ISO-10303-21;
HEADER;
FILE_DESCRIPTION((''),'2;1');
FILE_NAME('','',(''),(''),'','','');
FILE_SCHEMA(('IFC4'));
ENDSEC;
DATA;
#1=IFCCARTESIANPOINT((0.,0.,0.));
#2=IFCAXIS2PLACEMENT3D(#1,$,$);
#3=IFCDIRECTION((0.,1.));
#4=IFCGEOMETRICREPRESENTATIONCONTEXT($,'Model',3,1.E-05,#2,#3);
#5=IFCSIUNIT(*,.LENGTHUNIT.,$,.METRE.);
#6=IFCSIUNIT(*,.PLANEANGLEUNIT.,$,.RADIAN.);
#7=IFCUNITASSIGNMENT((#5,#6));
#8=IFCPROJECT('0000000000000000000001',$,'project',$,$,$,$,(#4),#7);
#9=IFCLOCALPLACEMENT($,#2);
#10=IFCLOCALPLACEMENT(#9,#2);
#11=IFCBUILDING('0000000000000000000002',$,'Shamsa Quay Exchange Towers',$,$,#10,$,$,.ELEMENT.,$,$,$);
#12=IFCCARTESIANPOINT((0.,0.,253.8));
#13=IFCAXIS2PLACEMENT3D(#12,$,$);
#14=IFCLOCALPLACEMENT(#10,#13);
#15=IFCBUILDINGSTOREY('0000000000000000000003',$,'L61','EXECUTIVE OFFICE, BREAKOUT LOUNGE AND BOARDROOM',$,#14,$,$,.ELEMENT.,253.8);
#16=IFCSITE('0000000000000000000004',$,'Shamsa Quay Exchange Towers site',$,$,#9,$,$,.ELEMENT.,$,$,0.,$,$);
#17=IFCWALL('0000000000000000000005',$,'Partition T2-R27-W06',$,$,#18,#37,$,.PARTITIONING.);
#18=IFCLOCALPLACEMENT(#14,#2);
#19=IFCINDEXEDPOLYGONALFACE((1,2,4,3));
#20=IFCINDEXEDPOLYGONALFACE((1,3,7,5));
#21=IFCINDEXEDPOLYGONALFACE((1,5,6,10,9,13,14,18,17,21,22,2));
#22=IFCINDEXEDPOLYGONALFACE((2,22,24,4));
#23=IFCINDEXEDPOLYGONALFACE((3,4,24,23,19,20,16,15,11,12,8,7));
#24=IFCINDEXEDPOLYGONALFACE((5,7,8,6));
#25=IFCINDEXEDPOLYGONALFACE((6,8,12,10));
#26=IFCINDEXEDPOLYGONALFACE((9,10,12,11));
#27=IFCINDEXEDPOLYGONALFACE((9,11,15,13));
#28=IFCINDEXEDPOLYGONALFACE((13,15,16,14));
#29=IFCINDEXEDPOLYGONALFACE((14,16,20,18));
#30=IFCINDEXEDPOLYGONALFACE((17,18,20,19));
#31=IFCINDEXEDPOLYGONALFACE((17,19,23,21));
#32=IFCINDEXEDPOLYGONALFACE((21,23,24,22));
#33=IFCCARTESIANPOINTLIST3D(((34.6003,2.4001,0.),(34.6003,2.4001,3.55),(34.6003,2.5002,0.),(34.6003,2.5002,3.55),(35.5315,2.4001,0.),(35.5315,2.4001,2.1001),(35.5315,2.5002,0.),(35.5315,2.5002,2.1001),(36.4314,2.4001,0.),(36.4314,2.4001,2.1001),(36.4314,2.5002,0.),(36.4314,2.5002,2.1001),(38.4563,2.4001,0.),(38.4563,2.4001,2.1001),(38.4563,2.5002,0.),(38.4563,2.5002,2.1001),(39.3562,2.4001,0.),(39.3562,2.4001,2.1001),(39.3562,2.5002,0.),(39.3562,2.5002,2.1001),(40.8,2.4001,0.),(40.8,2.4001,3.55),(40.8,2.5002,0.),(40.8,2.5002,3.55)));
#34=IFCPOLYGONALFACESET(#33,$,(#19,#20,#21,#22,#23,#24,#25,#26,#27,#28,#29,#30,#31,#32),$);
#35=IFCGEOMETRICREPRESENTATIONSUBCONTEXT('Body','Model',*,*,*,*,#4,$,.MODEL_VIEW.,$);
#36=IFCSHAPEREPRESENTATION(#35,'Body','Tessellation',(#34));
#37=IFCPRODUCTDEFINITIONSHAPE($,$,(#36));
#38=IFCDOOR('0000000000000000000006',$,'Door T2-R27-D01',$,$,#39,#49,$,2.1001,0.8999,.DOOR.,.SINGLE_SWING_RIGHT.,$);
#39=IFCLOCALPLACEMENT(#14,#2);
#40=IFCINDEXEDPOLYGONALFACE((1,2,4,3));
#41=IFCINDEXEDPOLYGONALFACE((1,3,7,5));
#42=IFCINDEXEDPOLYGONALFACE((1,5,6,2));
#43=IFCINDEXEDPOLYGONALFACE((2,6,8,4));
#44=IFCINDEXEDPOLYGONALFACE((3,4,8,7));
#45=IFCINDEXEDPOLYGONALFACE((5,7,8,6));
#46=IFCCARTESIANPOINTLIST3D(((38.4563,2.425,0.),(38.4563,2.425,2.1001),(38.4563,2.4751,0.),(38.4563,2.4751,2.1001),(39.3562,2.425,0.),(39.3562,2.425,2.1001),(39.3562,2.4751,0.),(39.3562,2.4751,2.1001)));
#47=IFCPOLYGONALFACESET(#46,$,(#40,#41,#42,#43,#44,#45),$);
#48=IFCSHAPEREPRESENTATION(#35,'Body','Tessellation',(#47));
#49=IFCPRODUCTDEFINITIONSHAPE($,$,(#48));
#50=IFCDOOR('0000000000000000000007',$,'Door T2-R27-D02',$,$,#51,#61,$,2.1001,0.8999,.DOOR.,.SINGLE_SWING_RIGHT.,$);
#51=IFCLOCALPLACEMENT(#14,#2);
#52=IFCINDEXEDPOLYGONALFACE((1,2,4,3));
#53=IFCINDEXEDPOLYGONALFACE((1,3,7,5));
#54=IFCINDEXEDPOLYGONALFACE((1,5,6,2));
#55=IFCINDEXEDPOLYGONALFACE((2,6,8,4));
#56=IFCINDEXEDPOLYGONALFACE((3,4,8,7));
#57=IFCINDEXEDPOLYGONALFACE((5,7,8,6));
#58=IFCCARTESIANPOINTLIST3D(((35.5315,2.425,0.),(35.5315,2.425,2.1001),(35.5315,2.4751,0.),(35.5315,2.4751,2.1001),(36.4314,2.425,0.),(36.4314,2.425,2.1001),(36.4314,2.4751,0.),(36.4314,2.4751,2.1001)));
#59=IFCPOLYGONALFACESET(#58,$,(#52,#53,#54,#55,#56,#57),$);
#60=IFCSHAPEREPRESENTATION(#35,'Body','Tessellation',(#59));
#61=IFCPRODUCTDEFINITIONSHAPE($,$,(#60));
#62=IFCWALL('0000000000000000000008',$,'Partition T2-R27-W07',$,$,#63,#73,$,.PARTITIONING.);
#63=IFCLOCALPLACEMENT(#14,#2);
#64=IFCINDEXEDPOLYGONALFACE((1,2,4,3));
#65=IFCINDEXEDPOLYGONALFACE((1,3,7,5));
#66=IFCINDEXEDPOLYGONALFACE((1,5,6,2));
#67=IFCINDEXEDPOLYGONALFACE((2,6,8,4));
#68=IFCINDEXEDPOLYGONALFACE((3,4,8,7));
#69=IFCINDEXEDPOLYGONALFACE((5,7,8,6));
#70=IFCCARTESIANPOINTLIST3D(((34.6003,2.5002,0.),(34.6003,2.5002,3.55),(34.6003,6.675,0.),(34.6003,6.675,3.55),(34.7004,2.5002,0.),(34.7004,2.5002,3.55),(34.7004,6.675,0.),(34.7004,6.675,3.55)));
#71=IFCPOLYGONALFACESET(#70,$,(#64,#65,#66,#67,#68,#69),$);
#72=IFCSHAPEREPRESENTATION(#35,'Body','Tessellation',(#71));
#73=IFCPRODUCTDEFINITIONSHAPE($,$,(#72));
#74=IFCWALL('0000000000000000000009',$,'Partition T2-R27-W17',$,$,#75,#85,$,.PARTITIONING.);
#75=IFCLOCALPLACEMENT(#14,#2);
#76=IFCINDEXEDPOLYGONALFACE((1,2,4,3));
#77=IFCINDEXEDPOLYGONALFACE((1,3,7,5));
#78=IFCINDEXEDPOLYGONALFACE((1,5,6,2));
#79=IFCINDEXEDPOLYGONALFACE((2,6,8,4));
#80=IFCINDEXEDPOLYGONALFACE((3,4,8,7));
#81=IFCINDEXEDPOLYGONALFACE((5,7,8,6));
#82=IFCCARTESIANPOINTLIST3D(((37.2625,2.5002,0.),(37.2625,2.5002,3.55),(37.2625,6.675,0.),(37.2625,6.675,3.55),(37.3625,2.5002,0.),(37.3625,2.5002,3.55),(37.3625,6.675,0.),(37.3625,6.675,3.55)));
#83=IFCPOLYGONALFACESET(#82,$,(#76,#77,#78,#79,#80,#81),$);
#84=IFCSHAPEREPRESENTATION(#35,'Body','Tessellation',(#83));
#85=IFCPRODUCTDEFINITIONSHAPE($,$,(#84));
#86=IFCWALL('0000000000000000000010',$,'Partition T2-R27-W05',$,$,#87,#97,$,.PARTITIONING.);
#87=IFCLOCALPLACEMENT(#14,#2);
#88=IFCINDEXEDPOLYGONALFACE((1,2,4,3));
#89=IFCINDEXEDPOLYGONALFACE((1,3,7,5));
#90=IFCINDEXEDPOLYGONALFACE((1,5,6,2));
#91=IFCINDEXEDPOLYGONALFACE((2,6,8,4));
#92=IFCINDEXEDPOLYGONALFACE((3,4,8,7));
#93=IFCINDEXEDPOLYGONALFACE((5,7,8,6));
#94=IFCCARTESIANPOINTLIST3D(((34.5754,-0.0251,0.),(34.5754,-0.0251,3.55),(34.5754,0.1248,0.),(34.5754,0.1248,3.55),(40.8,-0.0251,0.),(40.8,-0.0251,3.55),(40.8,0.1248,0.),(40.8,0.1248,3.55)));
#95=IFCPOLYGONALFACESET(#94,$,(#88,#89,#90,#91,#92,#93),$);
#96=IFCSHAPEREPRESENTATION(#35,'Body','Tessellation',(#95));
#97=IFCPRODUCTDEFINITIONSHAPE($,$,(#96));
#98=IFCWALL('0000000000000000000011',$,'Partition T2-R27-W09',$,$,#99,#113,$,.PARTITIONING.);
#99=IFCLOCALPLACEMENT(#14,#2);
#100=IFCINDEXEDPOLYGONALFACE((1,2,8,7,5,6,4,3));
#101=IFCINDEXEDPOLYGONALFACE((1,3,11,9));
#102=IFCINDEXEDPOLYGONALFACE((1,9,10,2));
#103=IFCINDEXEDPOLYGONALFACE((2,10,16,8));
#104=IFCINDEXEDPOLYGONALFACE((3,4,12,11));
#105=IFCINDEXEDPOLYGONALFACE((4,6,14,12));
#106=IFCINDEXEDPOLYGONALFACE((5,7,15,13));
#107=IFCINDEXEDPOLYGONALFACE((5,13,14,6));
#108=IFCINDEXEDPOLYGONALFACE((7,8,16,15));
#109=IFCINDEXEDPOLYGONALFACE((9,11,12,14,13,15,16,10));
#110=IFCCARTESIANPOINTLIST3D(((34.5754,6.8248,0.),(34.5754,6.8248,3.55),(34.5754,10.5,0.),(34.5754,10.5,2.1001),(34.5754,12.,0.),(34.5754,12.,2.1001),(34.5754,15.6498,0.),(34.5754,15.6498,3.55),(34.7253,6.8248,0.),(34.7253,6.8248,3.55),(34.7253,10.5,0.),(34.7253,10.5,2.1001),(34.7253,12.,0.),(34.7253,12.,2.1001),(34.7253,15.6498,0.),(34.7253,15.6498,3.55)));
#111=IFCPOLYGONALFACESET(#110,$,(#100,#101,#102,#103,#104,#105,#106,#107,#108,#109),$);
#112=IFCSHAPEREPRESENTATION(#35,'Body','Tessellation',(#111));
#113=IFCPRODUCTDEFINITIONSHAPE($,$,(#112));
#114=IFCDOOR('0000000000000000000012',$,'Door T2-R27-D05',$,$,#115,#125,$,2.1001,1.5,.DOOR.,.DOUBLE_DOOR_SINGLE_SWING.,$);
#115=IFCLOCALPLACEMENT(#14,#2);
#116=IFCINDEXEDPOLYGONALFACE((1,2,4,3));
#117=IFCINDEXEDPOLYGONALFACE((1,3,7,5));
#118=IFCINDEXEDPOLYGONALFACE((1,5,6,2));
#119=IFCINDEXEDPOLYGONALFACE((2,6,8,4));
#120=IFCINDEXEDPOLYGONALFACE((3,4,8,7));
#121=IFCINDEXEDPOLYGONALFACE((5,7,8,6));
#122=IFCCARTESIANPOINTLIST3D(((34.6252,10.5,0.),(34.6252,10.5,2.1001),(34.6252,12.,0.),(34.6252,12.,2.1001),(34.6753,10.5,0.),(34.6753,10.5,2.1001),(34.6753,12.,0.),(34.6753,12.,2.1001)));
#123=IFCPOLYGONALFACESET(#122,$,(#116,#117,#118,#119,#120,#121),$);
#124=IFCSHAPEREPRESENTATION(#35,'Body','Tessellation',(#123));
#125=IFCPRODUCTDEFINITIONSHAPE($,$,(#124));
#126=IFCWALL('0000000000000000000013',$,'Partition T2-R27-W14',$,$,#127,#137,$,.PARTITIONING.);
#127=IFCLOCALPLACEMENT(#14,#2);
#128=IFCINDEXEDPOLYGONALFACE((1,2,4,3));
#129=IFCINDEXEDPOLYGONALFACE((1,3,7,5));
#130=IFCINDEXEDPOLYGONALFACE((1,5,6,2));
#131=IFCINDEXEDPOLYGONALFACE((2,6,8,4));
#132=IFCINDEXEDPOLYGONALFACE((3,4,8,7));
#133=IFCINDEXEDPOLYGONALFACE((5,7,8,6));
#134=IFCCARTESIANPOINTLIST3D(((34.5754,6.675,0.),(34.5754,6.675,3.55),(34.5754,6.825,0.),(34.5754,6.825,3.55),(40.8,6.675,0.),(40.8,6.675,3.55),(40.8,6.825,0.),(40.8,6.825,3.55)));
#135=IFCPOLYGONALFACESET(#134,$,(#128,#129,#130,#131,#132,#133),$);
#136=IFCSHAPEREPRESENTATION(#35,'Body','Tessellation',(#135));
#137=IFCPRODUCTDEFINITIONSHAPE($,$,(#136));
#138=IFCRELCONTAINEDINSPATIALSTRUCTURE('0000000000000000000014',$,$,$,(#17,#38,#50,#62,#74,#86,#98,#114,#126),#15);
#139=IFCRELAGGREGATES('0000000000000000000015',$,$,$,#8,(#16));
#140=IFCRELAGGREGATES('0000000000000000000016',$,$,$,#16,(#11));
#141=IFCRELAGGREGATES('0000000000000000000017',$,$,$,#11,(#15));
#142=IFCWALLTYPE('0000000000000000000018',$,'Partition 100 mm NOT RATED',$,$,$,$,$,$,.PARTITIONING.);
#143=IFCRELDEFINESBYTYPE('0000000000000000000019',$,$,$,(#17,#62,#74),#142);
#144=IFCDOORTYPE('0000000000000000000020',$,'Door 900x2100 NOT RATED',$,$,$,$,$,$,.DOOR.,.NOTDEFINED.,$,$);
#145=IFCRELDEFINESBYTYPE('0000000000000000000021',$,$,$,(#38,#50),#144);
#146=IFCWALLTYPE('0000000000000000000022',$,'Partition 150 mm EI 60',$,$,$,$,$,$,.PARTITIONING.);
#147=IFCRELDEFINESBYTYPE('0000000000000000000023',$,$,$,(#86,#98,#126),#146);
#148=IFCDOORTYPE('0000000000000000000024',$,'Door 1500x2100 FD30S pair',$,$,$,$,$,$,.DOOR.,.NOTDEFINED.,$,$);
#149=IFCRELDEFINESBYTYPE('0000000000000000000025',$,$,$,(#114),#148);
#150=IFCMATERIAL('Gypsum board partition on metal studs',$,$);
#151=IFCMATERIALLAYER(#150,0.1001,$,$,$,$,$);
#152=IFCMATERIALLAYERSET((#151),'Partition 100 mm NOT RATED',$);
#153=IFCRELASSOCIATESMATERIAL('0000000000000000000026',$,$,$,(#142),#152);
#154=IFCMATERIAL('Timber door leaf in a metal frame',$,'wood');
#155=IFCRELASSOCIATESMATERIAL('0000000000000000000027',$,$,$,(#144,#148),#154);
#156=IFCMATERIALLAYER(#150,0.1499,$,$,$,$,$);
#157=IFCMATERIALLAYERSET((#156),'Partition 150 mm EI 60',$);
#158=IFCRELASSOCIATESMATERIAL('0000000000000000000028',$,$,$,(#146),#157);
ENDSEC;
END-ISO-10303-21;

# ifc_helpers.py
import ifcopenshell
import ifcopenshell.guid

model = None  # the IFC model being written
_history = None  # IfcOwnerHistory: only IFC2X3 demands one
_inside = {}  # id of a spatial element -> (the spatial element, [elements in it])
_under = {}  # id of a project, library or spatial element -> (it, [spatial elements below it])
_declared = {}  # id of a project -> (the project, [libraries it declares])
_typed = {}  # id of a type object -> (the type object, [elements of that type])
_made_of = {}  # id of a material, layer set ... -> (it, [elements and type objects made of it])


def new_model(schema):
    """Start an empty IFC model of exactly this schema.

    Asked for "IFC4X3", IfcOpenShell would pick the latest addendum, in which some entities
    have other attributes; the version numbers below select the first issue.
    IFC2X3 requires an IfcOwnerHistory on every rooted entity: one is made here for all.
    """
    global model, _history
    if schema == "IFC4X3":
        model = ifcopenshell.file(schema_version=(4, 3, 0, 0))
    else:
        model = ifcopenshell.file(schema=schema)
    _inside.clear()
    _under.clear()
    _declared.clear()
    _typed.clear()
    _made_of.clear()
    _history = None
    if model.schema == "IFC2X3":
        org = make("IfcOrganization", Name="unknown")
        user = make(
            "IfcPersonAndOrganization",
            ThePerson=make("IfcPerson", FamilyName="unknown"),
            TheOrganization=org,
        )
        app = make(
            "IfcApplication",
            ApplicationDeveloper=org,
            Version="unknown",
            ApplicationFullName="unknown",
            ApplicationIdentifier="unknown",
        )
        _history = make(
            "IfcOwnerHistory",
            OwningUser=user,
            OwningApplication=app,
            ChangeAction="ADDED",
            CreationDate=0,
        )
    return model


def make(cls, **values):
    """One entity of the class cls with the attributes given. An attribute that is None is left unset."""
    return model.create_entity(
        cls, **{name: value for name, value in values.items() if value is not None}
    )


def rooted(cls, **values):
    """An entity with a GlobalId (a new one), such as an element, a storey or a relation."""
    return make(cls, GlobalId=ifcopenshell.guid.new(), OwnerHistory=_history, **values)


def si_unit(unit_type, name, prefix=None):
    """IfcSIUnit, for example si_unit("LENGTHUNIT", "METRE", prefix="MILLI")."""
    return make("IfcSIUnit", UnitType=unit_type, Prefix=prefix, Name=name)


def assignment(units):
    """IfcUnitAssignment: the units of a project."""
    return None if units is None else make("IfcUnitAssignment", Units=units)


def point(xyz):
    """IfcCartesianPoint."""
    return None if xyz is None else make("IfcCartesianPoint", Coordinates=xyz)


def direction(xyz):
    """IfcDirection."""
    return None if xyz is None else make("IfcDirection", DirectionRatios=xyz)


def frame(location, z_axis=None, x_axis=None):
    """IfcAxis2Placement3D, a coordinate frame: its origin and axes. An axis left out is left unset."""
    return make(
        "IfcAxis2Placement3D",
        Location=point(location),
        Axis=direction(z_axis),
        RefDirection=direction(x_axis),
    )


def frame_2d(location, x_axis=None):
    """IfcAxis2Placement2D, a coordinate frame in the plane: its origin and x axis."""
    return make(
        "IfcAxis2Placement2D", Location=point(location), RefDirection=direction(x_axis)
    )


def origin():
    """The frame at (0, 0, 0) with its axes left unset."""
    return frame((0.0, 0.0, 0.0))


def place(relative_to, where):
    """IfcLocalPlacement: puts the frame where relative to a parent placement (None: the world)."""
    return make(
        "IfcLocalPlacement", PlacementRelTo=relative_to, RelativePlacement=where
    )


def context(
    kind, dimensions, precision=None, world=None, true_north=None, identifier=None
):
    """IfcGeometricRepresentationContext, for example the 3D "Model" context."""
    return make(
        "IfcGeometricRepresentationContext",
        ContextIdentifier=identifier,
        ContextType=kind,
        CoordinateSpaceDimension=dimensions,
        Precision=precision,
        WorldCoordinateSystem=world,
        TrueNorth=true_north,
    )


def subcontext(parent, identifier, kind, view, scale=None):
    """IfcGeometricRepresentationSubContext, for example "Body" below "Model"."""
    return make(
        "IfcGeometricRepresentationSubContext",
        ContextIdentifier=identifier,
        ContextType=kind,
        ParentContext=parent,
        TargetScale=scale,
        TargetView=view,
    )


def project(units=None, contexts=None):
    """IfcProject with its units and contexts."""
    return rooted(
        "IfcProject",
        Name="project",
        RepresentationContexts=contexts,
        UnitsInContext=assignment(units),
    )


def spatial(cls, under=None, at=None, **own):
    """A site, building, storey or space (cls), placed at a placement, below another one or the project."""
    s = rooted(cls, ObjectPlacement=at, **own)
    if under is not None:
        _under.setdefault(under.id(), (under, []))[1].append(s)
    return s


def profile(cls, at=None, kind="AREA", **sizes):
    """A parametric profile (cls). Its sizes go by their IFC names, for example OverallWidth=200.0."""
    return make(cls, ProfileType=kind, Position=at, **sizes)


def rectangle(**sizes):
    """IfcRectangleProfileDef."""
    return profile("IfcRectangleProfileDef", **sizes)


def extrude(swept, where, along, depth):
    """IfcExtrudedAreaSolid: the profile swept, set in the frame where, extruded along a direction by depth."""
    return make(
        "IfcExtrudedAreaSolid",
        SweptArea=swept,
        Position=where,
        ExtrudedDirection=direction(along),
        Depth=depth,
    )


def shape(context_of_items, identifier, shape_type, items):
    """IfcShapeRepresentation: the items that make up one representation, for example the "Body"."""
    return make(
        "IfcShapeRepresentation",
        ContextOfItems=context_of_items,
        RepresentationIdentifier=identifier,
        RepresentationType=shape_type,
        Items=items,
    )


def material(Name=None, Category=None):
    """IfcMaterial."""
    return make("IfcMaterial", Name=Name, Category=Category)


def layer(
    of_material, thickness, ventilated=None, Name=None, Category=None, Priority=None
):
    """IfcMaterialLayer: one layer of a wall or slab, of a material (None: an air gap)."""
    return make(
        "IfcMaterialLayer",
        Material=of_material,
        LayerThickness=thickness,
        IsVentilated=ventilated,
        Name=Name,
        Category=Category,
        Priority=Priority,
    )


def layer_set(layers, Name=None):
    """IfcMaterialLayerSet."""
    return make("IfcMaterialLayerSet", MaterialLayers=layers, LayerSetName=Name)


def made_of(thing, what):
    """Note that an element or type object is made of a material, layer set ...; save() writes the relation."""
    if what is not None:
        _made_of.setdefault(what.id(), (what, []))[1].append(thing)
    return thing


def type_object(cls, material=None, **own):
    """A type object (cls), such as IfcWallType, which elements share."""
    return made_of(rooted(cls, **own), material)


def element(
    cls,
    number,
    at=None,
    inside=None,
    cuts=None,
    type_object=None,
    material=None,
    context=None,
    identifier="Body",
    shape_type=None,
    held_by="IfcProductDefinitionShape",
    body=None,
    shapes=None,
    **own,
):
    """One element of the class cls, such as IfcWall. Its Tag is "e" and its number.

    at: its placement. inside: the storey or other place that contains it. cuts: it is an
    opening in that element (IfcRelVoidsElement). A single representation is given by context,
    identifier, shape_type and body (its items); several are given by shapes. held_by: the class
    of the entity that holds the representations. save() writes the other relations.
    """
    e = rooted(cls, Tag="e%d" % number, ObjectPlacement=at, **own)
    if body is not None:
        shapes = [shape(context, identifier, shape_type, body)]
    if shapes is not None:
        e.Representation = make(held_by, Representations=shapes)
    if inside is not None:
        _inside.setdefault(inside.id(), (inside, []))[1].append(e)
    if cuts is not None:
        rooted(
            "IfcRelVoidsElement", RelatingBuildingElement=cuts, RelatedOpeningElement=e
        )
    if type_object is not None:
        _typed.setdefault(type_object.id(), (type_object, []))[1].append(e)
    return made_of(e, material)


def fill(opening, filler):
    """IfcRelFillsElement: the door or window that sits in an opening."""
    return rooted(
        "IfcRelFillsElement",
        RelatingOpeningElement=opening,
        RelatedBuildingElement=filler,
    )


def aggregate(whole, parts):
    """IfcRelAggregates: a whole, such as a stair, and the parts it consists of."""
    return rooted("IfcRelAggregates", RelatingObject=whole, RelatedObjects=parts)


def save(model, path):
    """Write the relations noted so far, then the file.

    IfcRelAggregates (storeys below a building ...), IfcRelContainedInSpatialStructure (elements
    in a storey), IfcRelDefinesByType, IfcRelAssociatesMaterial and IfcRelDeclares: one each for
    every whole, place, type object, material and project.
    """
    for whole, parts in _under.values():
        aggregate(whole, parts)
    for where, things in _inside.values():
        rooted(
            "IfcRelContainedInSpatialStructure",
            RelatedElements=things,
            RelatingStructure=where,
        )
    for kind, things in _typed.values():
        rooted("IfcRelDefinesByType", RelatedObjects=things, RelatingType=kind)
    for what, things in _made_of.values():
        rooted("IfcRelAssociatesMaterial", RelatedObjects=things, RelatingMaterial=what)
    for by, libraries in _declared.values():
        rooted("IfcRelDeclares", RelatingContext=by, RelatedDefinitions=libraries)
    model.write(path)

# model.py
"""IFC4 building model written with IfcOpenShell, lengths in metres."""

from ifc_helpers import new_model, si_unit, direction, frame, frame_2d, origin, place, context, subcontext, project, spatial, rectangle, extrude, material, layer, layer_set, type_object, element, fill, save


model = new_model("IFC4")

# Units and contexts
model_context = context("Model", 3, precision=1e-05, world=origin(), true_north=direction((0.0, 1.0)))
body_context = subcontext(model_context, "Body", "Model", "MODEL_VIEW")
ifc_project = project(units=[si_unit("LENGTHUNIT", "METRE"), si_unit("PLANEANGLEUNIT", "RADIAN")], contexts=[model_context])

# Site, building, storey
site_placement = place(None, origin())
site = spatial("IfcSite", under=ifc_project, at=site_placement, Name="Shamsa Quay Exchange Towers site", CompositionType="ELEMENT", RefElevation=0.0)
building_placement = place(site_placement, origin())
building = spatial("IfcBuilding", under=site, at=building_placement, Name="Shamsa Quay Exchange Towers", CompositionType="ELEMENT")
storey_placement = place(building_placement, frame((0.0, 0.0, 253.8)))
storey = spatial("IfcBuildingStorey", under=building, at=storey_placement, Name="L61", Description="EXECUTIVE OFFICE, BREAKOUT LOUNGE AND BOARDROOM", CompositionType="ELEMENT", Elevation=253.8)

# Wall, openings, doors
ifc_material_1 = material(Name="Gypsum board partition on metal studs")
ifc_layer_1 = layer(ifc_material_1, 0.1001)
ifc_layer_set_1 = layer_set([ifc_layer_1], Name="Partition 100 mm NOT RATED")
wall_type_1 = type_object("IfcWallType", Name="Partition 100 mm NOT RATED", PredefinedType="PARTITIONING", material=ifc_layer_set_1)
wall_1_placement = place(storey_placement, frame((34.6003, 2.4502, 0.0)))
wall_1 = element("IfcWall", 1, at=wall_1_placement, inside=storey, type_object=wall_type_1, Name="Partition T2-R27-W06", PredefinedType="PARTITIONING", context=body_context, shape_type="SweptSolid", body=[
    extrude(rectangle(XDim=6.1997, YDim=0.1001, at=frame_2d((3.0999, 0.0))), origin(), (0.0, 0.0, 1.0), 3.55),
])
opening_1_placement = place(wall_1_placement, frame((3.856, 0.0, 0.0)))
opening_1 = element("IfcOpeningElement", 2, at=opening_1_placement, cuts=wall_1, PredefinedType="OPENING", context=body_context, shape_type="SweptSolid", body=[
    extrude(rectangle(XDim=0.8999, YDim=2.1001, at=frame_2d((0.45, 1.05))), frame((0.0, 0.0601, 0.0), z_axis=(0.0, -1.0, 0.0), x_axis=(1.0, 0.0, 0.0)), (0.0, 0.0, 1.0), 0.1201),
])
opening_2_placement = place(wall_1_placement, frame((0.9312, 0.0, 0.0)))
opening_2 = element("IfcOpeningElement", 3, at=opening_2_placement, cuts=wall_1, PredefinedType="OPENING", context=body_context, shape_type="SweptSolid", body=[
    extrude(rectangle(XDim=0.8999, YDim=2.1001, at=frame_2d((0.45, 1.05))), frame((0.0, 0.0601, 0.0), z_axis=(0.0, -1.0, 0.0), x_axis=(1.0, 0.0, 0.0)), (0.0, 0.0, 1.0), 0.1201),
])
ifc_material_2 = material(Name="Timber door leaf in a metal frame", Category="wood")
door_type_1 = type_object("IfcDoorType", Name="Door 900x2100 NOT RATED", OperationType="NOTDEFINED", PredefinedType="DOOR", material=ifc_material_2)
door_1_placement = place(opening_1_placement, origin())
door_1 = element("IfcDoor", 4, at=door_1_placement, inside=storey, type_object=door_type_1, Name="Door T2-R27-D01", OperationType="SINGLE_SWING_RIGHT", OverallHeight=2.1001, OverallWidth=0.8999, PredefinedType="DOOR", context=body_context, shape_type="SweptSolid", body=[
    extrude(rectangle(XDim=0.8999, YDim=2.1001, at=frame_2d((0.45, 1.05))), frame((0.0, 0.0249, 0.0), z_axis=(0.0, -1.0, 0.0), x_axis=(1.0, 0.0, 0.0)), (0.0, 0.0, 1.0), 0.05),
])
fill(opening_1, door_1)
door_2_placement = place(opening_2_placement, origin())
door_2 = element("IfcDoor", 5, at=door_2_placement, inside=storey, type_object=door_type_1, Name="Door T2-R27-D02", OperationType="SINGLE_SWING_RIGHT", OverallHeight=2.1001, OverallWidth=0.8999, PredefinedType="DOOR", context=body_context, shape_type="SweptSolid", body=[
    extrude(rectangle(XDim=0.8999, YDim=2.1001, at=frame_2d((0.45, 1.05))), frame((0.0, 0.0249, 0.0), z_axis=(0.0, -1.0, 0.0), x_axis=(1.0, 0.0, 0.0)), (0.0, 0.0, 1.0), 0.05),
])
fill(opening_2, door_2)

# Walls
for number, where, z_axis, x_axis, name in (
    (6, (34.6504, 6.675, 0.0), (0.0, 0.0, 1.0), (0.0, -1.0, 0.0), "Partition T2-R27-W07"),
    (7, (37.3125, 6.675, 0.0), (0.0, 0.0, 1.0), (0.0, -1.0, 0.0), "Partition T2-R27-W17"),
):
    element("IfcWall", number, at=place(storey_placement, frame(where, z_axis=z_axis, x_axis=x_axis)), inside=storey, type_object=wall_type_1, Name=name, PredefinedType="PARTITIONING", context=body_context, shape_type="SweptSolid", body=[
        extrude(rectangle(XDim=4.1748, YDim=0.1001, at=frame_2d((2.0874, 0.0))), origin(), (0.0, 0.0, 1.0), 3.55),
    ])
ifc_layer_2 = layer(ifc_material_1, 0.1499)
ifc_layer_set_2 = layer_set([ifc_layer_2], Name="Partition 150 mm EI 60")
wall_type_2 = type_object("IfcWallType", Name="Partition 150 mm EI 60", PredefinedType="PARTITIONING", material=ifc_layer_set_2)
wall_2_placement = place(storey_placement, frame((40.8, 0.0498, 0.0), z_axis=(0.0, 0.0, 1.0), x_axis=(-1.0, 0.0, 0.0)))
element("IfcWall", 8, at=wall_2_placement, inside=storey, type_object=wall_type_2, Name="Partition T2-R27-W05", PredefinedType="PARTITIONING", context=body_context, shape_type="SweptSolid", body=[
    extrude(rectangle(XDim=6.2246, YDim=0.1499, at=frame_2d((3.1123, 0.0))), origin(), (0.0, 0.0, 1.0), 3.55),
])

# Wall, opening, door
wall_3_placement = place(storey_placement, frame((34.6504, 15.6499, 0.0), z_axis=(0.0, 0.0, 1.0), x_axis=(0.0, -1.0, 0.0)))
wall_3 = element("IfcWall", 9, at=wall_3_placement, inside=storey, type_object=wall_type_2, Name="Partition T2-R27-W09", PredefinedType="PARTITIONING", context=body_context, shape_type="SweptSolid", body=[
    extrude(rectangle(XDim=8.825, YDim=0.1499, at=frame_2d((4.4126, 0.0))), origin(), (0.0, 0.0, 1.0), 3.55),
])
opening_3_placement = place(wall_3_placement, frame((3.6499, 0.0, 0.0)))
opening_3 = element("IfcOpeningElement", 10, at=opening_3_placement, cuts=wall_3, PredefinedType="OPENING", context=body_context, shape_type="SweptSolid", body=[
    extrude(rectangle(XDim=1.5, YDim=2.1001, at=frame_2d((0.75, 1.05))), frame((0.0, 0.085, 0.0), z_axis=(0.0, -1.0, 0.0), x_axis=(1.0, 0.0, 0.0)), (0.0, 0.0, 1.0), 0.1699),
])
door_type_2 = type_object("IfcDoorType", Name="Door 1500x2100 FD30S pair", OperationType="NOTDEFINED", PredefinedType="DOOR", material=ifc_material_2)
door_3_placement = place(opening_3_placement, origin())
door_3 = element("IfcDoor", 11, at=door_3_placement, inside=storey, type_object=door_type_2, Name="Door T2-R27-D05", OperationType="DOUBLE_DOOR_SINGLE_SWING", OverallHeight=2.1001, OverallWidth=1.5, PredefinedType="DOOR", context=body_context, shape_type="SweptSolid", body=[
    extrude(rectangle(XDim=1.5, YDim=2.1001, at=frame_2d((0.75, 1.05))), frame((0.0, 0.0249, 0.0), z_axis=(0.0, -1.0, 0.0), x_axis=(1.0, 0.0, 0.0)), (0.0, 0.0, 1.0), 0.05),
])
fill(opening_3, door_3)

# Wall
wall_4_placement = place(storey_placement, frame((40.8, 6.75, 0.0), z_axis=(0.0, 0.0, 1.0), x_axis=(-1.0, 0.0, 0.0)))
element("IfcWall", 12, at=wall_4_placement, inside=storey, type_object=wall_type_2, Name="Partition T2-R27-W14", PredefinedType="PARTITIONING", context=body_context, shape_type="SweptSolid", body=[
    extrude(rectangle(XDim=6.2246, YDim=0.1499, at=frame_2d((3.1123, 0.0))), origin(), (0.0, 0.0, 1.0), 3.55),
])

save(model, "model.ifc")
